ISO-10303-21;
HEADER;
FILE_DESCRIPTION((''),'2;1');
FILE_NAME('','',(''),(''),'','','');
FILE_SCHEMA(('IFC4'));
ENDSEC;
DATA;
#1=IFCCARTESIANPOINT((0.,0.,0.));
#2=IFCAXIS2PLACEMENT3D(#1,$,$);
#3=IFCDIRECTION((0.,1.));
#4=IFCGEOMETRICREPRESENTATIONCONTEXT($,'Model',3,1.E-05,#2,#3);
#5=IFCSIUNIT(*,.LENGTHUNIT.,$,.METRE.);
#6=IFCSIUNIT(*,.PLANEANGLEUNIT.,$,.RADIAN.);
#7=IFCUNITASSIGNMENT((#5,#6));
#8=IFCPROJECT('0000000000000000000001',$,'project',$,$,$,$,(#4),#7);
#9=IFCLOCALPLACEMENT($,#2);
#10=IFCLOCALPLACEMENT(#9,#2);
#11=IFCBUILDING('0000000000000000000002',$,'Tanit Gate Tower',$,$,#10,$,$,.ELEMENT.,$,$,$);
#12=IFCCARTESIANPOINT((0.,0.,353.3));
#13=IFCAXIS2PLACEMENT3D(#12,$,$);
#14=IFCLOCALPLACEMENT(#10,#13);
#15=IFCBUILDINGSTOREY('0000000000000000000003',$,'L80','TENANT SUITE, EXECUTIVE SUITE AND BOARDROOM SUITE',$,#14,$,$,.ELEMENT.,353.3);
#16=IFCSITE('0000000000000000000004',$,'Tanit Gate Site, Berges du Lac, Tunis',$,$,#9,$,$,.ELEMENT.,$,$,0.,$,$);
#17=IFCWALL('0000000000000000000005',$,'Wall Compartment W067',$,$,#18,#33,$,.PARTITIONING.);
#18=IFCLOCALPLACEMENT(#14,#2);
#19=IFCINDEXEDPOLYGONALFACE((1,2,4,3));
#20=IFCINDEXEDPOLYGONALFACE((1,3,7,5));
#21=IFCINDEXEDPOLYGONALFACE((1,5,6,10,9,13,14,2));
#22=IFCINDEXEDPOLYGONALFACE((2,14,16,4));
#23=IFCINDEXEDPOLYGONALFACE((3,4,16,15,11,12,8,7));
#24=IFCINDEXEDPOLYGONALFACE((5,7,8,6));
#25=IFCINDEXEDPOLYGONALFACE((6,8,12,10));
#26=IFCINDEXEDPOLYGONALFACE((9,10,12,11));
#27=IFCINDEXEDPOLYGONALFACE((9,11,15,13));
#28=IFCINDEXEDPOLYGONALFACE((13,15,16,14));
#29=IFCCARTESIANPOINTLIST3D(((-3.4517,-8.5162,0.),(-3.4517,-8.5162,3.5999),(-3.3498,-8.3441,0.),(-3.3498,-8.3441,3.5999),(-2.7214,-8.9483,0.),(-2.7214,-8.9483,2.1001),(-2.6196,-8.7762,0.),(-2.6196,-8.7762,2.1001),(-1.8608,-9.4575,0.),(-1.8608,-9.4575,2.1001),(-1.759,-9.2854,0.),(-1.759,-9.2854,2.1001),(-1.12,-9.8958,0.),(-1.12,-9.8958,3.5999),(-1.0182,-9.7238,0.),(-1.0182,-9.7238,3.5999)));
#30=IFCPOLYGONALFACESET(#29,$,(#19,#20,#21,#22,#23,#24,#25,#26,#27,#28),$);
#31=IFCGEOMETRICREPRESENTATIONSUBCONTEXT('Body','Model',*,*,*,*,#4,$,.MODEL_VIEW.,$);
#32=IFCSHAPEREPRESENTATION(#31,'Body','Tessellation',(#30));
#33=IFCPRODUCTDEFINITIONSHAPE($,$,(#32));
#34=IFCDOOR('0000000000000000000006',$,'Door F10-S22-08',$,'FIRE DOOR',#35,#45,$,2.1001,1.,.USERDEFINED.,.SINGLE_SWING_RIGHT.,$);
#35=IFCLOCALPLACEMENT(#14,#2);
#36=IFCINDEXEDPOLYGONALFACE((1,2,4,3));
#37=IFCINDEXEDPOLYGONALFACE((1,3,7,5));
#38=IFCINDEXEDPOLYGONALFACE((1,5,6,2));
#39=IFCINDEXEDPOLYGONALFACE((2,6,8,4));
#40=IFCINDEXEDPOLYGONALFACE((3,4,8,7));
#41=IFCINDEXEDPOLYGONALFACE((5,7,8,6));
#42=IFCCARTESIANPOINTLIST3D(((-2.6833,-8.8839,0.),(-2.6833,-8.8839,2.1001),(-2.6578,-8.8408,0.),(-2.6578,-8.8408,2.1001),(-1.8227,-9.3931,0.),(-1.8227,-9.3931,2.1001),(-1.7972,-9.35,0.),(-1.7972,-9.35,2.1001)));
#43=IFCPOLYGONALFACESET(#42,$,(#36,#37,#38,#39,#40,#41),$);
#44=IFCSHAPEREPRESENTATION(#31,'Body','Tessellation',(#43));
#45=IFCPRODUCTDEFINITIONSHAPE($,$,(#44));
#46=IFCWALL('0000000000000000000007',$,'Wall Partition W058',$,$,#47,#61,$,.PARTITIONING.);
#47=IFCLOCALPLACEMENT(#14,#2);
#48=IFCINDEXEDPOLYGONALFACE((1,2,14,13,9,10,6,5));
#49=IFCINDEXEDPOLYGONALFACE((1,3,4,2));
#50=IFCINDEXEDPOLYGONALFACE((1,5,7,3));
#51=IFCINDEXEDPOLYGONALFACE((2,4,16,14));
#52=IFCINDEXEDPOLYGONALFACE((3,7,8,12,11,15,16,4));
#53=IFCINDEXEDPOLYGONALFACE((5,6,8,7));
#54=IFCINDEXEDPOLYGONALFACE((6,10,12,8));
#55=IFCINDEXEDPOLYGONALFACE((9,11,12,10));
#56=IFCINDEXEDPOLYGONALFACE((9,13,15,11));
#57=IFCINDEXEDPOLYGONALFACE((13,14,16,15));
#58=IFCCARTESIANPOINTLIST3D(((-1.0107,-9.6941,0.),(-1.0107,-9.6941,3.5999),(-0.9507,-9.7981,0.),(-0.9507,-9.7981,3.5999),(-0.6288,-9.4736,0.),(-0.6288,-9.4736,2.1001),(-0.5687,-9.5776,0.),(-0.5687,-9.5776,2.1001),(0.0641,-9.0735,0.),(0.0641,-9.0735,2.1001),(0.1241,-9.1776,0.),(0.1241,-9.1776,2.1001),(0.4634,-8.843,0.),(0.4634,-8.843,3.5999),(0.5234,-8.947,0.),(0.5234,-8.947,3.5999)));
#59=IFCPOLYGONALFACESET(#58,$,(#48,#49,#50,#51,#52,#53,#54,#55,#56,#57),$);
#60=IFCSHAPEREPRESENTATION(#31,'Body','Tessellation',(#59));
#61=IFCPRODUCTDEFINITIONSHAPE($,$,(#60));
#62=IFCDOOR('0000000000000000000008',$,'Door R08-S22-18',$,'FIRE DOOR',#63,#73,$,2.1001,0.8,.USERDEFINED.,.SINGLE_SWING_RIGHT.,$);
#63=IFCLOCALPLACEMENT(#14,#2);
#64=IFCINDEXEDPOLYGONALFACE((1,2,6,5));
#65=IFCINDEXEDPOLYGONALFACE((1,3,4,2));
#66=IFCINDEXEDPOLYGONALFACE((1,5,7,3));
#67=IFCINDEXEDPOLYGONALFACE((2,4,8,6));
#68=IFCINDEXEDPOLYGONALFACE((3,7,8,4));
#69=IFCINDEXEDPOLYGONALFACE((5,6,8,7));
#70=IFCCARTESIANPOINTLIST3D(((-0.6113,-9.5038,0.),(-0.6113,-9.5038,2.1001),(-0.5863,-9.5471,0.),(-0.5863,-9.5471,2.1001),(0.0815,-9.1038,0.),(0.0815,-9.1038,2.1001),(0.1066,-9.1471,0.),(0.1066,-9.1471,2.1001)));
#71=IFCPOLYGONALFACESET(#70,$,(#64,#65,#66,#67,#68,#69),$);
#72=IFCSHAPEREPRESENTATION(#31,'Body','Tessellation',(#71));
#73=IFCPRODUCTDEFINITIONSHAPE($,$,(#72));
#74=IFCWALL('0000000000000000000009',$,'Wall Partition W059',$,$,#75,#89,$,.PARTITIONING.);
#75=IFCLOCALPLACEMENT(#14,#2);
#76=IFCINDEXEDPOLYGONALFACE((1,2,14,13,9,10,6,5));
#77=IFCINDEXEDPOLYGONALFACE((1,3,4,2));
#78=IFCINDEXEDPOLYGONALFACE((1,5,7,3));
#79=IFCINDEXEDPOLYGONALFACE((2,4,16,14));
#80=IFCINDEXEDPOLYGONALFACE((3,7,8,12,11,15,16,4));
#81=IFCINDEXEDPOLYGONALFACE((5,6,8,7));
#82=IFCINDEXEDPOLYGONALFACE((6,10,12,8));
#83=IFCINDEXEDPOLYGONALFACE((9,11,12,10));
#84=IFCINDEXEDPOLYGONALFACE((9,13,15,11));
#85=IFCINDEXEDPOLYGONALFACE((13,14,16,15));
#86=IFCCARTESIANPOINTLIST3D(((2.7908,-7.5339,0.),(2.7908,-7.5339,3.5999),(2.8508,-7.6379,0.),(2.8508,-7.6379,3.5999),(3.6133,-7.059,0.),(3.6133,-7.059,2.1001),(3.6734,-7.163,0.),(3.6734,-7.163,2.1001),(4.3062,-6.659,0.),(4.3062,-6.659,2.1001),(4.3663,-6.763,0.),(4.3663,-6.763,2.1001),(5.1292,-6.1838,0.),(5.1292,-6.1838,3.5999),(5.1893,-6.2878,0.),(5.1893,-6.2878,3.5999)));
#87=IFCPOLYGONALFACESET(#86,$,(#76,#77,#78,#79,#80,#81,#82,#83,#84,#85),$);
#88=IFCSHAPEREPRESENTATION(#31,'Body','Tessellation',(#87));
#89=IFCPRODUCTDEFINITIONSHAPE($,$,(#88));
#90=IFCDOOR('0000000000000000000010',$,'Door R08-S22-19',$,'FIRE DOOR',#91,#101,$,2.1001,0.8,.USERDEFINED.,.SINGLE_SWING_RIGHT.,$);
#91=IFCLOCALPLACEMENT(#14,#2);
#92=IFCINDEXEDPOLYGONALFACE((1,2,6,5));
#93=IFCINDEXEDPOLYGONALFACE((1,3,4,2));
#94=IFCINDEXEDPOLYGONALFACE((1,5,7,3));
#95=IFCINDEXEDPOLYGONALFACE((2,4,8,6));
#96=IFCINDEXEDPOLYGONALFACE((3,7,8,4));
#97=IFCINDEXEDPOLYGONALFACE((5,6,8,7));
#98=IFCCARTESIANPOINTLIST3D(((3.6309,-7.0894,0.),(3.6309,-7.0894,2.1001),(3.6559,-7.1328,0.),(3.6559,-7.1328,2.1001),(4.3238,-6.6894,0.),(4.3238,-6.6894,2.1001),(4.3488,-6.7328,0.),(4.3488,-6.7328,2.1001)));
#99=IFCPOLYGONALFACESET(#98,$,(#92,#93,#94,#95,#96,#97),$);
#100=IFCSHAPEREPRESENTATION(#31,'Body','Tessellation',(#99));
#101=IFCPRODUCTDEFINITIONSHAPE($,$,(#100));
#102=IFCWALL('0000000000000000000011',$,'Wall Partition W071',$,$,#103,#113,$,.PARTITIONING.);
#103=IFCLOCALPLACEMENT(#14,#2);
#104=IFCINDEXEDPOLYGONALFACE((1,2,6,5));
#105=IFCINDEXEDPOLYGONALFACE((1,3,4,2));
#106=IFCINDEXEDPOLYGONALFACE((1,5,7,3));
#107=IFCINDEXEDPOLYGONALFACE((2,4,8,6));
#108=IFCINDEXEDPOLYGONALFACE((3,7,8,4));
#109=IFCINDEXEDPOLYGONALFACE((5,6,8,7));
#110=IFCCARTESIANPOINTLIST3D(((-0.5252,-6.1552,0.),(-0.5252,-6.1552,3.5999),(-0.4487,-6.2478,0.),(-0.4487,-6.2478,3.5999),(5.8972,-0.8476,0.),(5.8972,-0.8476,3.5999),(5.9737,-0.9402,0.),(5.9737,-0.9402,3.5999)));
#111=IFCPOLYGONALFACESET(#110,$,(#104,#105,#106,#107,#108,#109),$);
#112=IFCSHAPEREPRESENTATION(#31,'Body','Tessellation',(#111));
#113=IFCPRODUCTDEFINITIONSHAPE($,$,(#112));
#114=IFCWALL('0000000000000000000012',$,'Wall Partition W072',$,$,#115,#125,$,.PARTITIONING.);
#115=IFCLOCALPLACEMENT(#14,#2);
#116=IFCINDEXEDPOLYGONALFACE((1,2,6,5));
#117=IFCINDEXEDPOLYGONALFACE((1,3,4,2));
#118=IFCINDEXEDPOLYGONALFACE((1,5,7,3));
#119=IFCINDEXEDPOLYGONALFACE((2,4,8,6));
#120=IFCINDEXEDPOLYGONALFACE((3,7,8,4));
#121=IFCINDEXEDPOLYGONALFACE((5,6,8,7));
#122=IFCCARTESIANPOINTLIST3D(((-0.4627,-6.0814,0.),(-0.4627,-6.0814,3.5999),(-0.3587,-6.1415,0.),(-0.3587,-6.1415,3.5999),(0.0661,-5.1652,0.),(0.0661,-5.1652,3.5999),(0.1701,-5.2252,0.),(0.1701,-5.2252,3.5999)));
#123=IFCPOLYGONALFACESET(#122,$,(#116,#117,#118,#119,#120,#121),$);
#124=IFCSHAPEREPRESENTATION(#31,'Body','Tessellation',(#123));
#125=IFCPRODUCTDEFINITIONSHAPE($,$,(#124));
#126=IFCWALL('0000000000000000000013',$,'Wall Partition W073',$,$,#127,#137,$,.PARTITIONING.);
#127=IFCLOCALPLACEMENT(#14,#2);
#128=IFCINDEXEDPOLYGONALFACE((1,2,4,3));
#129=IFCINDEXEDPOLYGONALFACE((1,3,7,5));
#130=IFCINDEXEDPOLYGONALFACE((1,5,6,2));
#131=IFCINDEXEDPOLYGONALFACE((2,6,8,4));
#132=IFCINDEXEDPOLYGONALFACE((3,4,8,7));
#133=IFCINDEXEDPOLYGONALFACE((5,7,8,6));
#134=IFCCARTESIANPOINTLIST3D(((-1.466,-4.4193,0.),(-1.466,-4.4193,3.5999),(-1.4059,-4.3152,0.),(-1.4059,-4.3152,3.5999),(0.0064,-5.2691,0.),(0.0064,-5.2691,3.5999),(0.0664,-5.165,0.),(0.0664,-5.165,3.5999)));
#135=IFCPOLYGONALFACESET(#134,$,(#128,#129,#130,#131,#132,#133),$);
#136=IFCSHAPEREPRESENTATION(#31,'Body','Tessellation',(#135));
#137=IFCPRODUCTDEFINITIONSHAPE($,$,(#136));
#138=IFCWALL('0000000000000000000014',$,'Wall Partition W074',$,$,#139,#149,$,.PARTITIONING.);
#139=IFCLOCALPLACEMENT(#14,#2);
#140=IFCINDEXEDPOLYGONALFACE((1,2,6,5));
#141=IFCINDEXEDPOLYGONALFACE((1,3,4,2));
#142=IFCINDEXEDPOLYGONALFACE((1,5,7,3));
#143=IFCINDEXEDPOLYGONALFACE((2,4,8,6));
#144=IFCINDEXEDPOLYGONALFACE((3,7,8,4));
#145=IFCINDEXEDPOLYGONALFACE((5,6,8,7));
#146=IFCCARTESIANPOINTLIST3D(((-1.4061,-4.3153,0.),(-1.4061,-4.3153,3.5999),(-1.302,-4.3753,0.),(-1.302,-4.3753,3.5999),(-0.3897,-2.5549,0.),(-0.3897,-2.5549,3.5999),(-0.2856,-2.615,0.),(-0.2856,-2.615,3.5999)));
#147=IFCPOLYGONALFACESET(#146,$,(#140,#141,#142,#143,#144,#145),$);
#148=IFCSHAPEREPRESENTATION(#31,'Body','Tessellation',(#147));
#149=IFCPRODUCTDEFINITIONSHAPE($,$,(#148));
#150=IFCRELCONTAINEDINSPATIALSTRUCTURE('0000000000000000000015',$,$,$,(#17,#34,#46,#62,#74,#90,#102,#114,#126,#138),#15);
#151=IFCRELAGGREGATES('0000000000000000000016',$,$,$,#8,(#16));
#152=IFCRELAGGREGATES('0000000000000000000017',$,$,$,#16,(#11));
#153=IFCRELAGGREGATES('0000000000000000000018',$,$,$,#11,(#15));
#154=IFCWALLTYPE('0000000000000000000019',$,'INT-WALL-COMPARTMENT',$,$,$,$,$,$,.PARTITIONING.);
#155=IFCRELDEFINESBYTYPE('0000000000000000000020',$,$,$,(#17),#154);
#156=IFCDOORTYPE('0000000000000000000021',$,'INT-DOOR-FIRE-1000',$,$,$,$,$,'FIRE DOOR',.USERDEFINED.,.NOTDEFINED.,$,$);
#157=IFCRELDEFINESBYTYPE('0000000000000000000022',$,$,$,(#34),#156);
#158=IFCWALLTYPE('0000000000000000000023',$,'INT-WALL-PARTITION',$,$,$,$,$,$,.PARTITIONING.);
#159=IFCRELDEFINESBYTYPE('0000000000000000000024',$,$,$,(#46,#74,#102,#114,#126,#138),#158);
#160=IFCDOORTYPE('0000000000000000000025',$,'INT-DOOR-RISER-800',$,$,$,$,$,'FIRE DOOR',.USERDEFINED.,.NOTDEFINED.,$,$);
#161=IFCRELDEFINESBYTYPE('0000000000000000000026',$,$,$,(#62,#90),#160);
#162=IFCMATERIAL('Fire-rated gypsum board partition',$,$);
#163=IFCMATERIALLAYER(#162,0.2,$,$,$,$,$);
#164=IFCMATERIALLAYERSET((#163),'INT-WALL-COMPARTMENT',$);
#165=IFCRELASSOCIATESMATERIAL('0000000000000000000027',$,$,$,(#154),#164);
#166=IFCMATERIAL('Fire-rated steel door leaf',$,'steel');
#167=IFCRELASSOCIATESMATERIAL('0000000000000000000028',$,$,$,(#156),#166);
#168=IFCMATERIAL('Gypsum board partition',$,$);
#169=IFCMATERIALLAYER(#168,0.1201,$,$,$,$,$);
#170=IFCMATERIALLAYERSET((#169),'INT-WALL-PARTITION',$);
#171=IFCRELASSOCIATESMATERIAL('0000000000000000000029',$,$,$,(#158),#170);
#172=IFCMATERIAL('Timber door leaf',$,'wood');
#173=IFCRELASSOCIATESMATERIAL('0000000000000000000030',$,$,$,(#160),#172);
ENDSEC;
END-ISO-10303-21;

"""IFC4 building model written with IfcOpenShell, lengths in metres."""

from ifc_helpers import new_model, si_unit, direction, frame, frame_2d, origin, place, context, subcontext, project, spatial, rectangle, extrude, material, layer, layer_set, type_object, element, fill, save


model = new_model("IFC4")

# Units and contexts
model_context = context("Model", 3, precision=1e-05, world=origin(), true_north=direction((0.0, 1.0)))
body_context = subcontext(model_context, "Body", "Model", "MODEL_VIEW")
ifc_project = project(units=[si_unit("LENGTHUNIT", "METRE"), si_unit("PLANEANGLEUNIT", "RADIAN")], contexts=[model_context])

# Site, building, storey
site_placement = place(None, origin())
site = spatial("IfcSite", under=ifc_project, at=site_placement, Name="Tanit Gate Site, Berges du Lac, Tunis", CompositionType="ELEMENT", RefElevation=0.0)
building_placement = place(site_placement, origin())
building = spatial("IfcBuilding", under=site, at=building_placement, Name="Tanit Gate Tower", CompositionType="ELEMENT")
storey_placement = place(building_placement, frame((0.0, 0.0, 353.3)))
storey = spatial("IfcBuildingStorey", under=building, at=storey_placement, Name="L80", Description="TENANT SUITE, EXECUTIVE SUITE AND BOARDROOM SUITE", CompositionType="ELEMENT", Elevation=353.3)

# Walls, openings, doors
ifc_material_1 = material(Name="Fire-rated gypsum board partition")
ifc_layer_1 = layer(ifc_material_1, 0.2)
ifc_layer_set_1 = layer_set([ifc_layer_1], Name="INT-WALL-COMPARTMENT")
wall_type_1 = type_object("IfcWallType", Name="INT-WALL-COMPARTMENT", PredefinedType="PARTITIONING", material=ifc_layer_set_1)
wall_1_placement = place(storey_placement, frame((-3.4006, -8.4302, 0.0), z_axis=(0.0, 0.0, 1.0), x_axis=(0.860618, -0.509251, 0.0)))
wall_1 = element("IfcWall", 1, at=wall_1_placement, inside=storey, type_object=wall_type_1, Name="Wall Compartment W067", PredefinedType="PARTITIONING", context=body_context, shape_type="SweptSolid", body=[
    extrude(rectangle(XDim=2.7092, YDim=0.2, at=frame_2d((1.3545, 0.0))), origin(), (0.0, 0.0, 1.0), 3.5999),
])
opening_1_placement = place(wall_1_placement, frame((0.8484, 0.0, 0.0)))
opening_1 = element("IfcOpeningElement", 2, at=opening_1_placement, cuts=wall_1, PredefinedType="OPENING", context=body_context, shape_type="SweptSolid", body=[
    extrude(rectangle(XDim=1.0, YDim=2.1001, at=frame_2d((0.5, 1.05))), frame((0.0, 0.1099, 0.0), z_axis=(0.0, -1.0, 0.0), x_axis=(1.0, 0.0, 0.0)), (0.0, 0.0, 1.0), 0.22),
])
ifc_material_2 = material(Name="Fire-rated steel door leaf", Category="steel")
door_type_1 = type_object("IfcDoorType", Name="INT-DOOR-FIRE-1000", ElementType="FIRE DOOR", OperationType="NOTDEFINED", PredefinedType="USERDEFINED", material=ifc_material_2)
door_1_placement = place(opening_1_placement, origin())
door_1 = element("IfcDoor", 3, at=door_1_placement, inside=storey, type_object=door_type_1, Name="Door F10-S22-08", ObjectType="FIRE DOOR", OperationType="SINGLE_SWING_RIGHT", OverallHeight=2.1001, OverallWidth=1.0, PredefinedType="USERDEFINED", context=body_context, shape_type="SweptSolid", body=[
    extrude(rectangle(XDim=1.0, YDim=2.1001, at=frame_2d((0.5, 1.05))), frame((0.0, 0.0249, 0.0), z_axis=(0.0, -1.0, 0.0), x_axis=(1.0, 0.0, 0.0)), (0.0, 0.0, 1.0), 0.05),
])
fill(opening_1, door_1)
ifc_material_3 = material(Name="Gypsum board partition")
ifc_layer_2 = layer(ifc_material_3, 0.1201)
ifc_layer_set_2 = layer_set([ifc_layer_2], Name="INT-WALL-PARTITION")
wall_type_2 = type_object("IfcWallType", Name="INT-WALL-PARTITION", PredefinedType="PARTITIONING", material=ifc_layer_set_2)
wall_2_placement = place(storey_placement, frame((0.4934, -8.895, 0.0), z_axis=(0.0, 0.0, 1.0), x_axis=(-0.866028, -0.499996, 0.0)))
wall_2 = element("IfcWall", 4, at=wall_2_placement, inside=storey, type_object=wall_type_2, Name="Wall Partition W058", PredefinedType="PARTITIONING", context=body_context, shape_type="SweptSolid", body=[
    extrude(rectangle(XDim=1.7021, YDim=0.1201, at=frame_2d((0.8511, 0.0))), origin(), (0.0, 0.0, 1.0), 3.5999),
])
opening_2_placement = place(wall_2_placement, frame((0.4612, 0.0, 0.0)))
opening_2 = element("IfcOpeningElement", 5, at=opening_2_placement, cuts=wall_2, PredefinedType="OPENING", context=body_context, shape_type="SweptSolid", body=[
    extrude(rectangle(XDim=0.8, YDim=2.1001, at=frame_2d((0.3999, 1.05))), frame((0.0, 0.0701, 0.0), z_axis=(0.0, -1.0, 0.0), x_axis=(1.0, 0.0, 0.0)), (0.0, 0.0, 1.0), 0.1401),
])
ifc_material_4 = material(Name="Timber door leaf", Category="wood")
door_type_2 = type_object("IfcDoorType", Name="INT-DOOR-RISER-800", ElementType="FIRE DOOR", OperationType="NOTDEFINED", PredefinedType="USERDEFINED", material=ifc_material_4)
door_2_placement = place(opening_2_placement, origin())
door_2 = element("IfcDoor", 6, at=door_2_placement, inside=storey, type_object=door_type_2, Name="Door R08-S22-18", ObjectType="FIRE DOOR", OperationType="SINGLE_SWING_RIGHT", OverallHeight=2.1001, OverallWidth=0.8, PredefinedType="USERDEFINED", context=body_context, shape_type="SweptSolid", body=[
    extrude(rectangle(XDim=0.8, YDim=2.1001, at=frame_2d((0.3999, 1.05))), frame((0.0, 0.0249, 0.0), z_axis=(0.0, -1.0, 0.0), x_axis=(1.0, 0.0, 0.0)), (0.0, 0.0, 1.0), 0.05),
])
fill(opening_2, door_2)
wall_3_placement = place(storey_placement, frame((2.8208, -7.5859, 0.0), z_axis=(0.0, 0.0, 1.0), x_axis=(0.86602, 0.500009, 0.0)))
wall_3 = element("IfcWall", 7, at=wall_3_placement, inside=storey, type_object=wall_type_2, Name="Wall Partition W059", PredefinedType="PARTITIONING", context=body_context, shape_type="SweptSolid", body=[
    extrude(rectangle(XDim=2.7002, YDim=0.1201, at=frame_2d((1.3501, 0.0))), origin(), (0.0, 0.0, 1.0), 3.5999),
])
opening_3_placement = place(wall_3_placement, frame((0.95, 0.0, 0.0)))
opening_3 = element("IfcOpeningElement", 8, at=opening_3_placement, cuts=wall_3, PredefinedType="OPENING", context=body_context, shape_type="SweptSolid", body=[
    extrude(rectangle(XDim=0.8, YDim=2.1001, at=frame_2d((0.3999, 1.05))), frame((0.0, 0.0701, 0.0), z_axis=(0.0, -1.0, 0.0), x_axis=(1.0, 0.0, 0.0)), (0.0, 0.0, 1.0), 0.1401),
])
door_3_placement = place(opening_3_placement, origin())
door_3 = element("IfcDoor", 9, at=door_3_placement, inside=storey, type_object=door_type_2, Name="Door R08-S22-19", ObjectType="FIRE DOOR", OperationType="SINGLE_SWING_RIGHT", OverallHeight=2.1001, OverallWidth=0.8, PredefinedType="USERDEFINED", context=body_context, shape_type="SweptSolid", body=[
    extrude(rectangle(XDim=0.8, YDim=2.1001, at=frame_2d((0.3999, 1.05))), frame((0.0, 0.0249, 0.0), z_axis=(0.0, -1.0, 0.0), x_axis=(1.0, 0.0, 0.0)), (0.0, 0.0, 1.0), 0.05),
])
fill(opening_3, door_3)

# Walls
wall_4_placement = place(storey_placement, frame((5.9355, -0.8938, 0.0), z_axis=(0.0, 0.0, 1.0), x_axis=(-0.770833, -0.637037, 0.0)))
element("IfcWall", 10, at=wall_4_placement, inside=storey, type_object=wall_type_2, Name="Wall Partition W071", PredefinedType="PARTITIONING", context=body_context, shape_type="SweptSolid", body=[
    extrude(rectangle(XDim=8.3318, YDim=0.1201, at=frame_2d((4.166, 0.0))), origin(), (0.0, 0.0, 1.0), 3.5999),
])
wall_5_placement = place(storey_placement, frame((-0.4106, -6.1113, 0.0), z_axis=(0.0, 0.0, 1.0), x_axis=(0.499862, 0.866105, 0.0)))
element("IfcWall", 11, at=wall_5_placement, inside=storey, type_object=wall_type_2, Name="Wall Partition W072", PredefinedType="PARTITIONING", context=body_context, shape_type="SweptSolid", body=[
    extrude(rectangle(XDim=1.0579, YDim=0.1201, at=frame_2d((0.5288, 0.0))), origin(), (0.0, 0.0, 1.0), 3.5999),
])
wall_6_placement = place(storey_placement, frame((-1.436, -4.3672, 0.0), z_axis=(0.0, 0.0, 1.0), x_axis=(0.866088, -0.499892, 0.0)))
element("IfcWall", 12, at=wall_6_placement, inside=storey, type_object=wall_type_2, Name="Wall Partition W073", PredefinedType="PARTITIONING", context=body_context, shape_type="SweptSolid", body=[
    extrude(rectangle(XDim=1.7, YDim=0.1201, at=frame_2d((0.8501, 0.0))), origin(), (0.0, 0.0, 1.0), 3.5999),
])
wall_7_placement = place(storey_placement, frame((-0.3376, -2.585, 0.0), z_axis=(0.0, 0.0, 1.0), x_axis=(-0.500027, -0.86601, 0.0)))
element("IfcWall", 13, at=wall_7_placement, inside=storey, type_object=wall_type_2, Name="Wall Partition W074", PredefinedType="PARTITIONING", context=body_context, shape_type="SweptSolid", body=[
    extrude(rectangle(XDim=2.0327, YDim=0.1201, at=frame_2d((1.0164, 0.0))), origin(), (0.0, 0.0, 1.0), 3.5999),
])

save(model, "model.ifc")
